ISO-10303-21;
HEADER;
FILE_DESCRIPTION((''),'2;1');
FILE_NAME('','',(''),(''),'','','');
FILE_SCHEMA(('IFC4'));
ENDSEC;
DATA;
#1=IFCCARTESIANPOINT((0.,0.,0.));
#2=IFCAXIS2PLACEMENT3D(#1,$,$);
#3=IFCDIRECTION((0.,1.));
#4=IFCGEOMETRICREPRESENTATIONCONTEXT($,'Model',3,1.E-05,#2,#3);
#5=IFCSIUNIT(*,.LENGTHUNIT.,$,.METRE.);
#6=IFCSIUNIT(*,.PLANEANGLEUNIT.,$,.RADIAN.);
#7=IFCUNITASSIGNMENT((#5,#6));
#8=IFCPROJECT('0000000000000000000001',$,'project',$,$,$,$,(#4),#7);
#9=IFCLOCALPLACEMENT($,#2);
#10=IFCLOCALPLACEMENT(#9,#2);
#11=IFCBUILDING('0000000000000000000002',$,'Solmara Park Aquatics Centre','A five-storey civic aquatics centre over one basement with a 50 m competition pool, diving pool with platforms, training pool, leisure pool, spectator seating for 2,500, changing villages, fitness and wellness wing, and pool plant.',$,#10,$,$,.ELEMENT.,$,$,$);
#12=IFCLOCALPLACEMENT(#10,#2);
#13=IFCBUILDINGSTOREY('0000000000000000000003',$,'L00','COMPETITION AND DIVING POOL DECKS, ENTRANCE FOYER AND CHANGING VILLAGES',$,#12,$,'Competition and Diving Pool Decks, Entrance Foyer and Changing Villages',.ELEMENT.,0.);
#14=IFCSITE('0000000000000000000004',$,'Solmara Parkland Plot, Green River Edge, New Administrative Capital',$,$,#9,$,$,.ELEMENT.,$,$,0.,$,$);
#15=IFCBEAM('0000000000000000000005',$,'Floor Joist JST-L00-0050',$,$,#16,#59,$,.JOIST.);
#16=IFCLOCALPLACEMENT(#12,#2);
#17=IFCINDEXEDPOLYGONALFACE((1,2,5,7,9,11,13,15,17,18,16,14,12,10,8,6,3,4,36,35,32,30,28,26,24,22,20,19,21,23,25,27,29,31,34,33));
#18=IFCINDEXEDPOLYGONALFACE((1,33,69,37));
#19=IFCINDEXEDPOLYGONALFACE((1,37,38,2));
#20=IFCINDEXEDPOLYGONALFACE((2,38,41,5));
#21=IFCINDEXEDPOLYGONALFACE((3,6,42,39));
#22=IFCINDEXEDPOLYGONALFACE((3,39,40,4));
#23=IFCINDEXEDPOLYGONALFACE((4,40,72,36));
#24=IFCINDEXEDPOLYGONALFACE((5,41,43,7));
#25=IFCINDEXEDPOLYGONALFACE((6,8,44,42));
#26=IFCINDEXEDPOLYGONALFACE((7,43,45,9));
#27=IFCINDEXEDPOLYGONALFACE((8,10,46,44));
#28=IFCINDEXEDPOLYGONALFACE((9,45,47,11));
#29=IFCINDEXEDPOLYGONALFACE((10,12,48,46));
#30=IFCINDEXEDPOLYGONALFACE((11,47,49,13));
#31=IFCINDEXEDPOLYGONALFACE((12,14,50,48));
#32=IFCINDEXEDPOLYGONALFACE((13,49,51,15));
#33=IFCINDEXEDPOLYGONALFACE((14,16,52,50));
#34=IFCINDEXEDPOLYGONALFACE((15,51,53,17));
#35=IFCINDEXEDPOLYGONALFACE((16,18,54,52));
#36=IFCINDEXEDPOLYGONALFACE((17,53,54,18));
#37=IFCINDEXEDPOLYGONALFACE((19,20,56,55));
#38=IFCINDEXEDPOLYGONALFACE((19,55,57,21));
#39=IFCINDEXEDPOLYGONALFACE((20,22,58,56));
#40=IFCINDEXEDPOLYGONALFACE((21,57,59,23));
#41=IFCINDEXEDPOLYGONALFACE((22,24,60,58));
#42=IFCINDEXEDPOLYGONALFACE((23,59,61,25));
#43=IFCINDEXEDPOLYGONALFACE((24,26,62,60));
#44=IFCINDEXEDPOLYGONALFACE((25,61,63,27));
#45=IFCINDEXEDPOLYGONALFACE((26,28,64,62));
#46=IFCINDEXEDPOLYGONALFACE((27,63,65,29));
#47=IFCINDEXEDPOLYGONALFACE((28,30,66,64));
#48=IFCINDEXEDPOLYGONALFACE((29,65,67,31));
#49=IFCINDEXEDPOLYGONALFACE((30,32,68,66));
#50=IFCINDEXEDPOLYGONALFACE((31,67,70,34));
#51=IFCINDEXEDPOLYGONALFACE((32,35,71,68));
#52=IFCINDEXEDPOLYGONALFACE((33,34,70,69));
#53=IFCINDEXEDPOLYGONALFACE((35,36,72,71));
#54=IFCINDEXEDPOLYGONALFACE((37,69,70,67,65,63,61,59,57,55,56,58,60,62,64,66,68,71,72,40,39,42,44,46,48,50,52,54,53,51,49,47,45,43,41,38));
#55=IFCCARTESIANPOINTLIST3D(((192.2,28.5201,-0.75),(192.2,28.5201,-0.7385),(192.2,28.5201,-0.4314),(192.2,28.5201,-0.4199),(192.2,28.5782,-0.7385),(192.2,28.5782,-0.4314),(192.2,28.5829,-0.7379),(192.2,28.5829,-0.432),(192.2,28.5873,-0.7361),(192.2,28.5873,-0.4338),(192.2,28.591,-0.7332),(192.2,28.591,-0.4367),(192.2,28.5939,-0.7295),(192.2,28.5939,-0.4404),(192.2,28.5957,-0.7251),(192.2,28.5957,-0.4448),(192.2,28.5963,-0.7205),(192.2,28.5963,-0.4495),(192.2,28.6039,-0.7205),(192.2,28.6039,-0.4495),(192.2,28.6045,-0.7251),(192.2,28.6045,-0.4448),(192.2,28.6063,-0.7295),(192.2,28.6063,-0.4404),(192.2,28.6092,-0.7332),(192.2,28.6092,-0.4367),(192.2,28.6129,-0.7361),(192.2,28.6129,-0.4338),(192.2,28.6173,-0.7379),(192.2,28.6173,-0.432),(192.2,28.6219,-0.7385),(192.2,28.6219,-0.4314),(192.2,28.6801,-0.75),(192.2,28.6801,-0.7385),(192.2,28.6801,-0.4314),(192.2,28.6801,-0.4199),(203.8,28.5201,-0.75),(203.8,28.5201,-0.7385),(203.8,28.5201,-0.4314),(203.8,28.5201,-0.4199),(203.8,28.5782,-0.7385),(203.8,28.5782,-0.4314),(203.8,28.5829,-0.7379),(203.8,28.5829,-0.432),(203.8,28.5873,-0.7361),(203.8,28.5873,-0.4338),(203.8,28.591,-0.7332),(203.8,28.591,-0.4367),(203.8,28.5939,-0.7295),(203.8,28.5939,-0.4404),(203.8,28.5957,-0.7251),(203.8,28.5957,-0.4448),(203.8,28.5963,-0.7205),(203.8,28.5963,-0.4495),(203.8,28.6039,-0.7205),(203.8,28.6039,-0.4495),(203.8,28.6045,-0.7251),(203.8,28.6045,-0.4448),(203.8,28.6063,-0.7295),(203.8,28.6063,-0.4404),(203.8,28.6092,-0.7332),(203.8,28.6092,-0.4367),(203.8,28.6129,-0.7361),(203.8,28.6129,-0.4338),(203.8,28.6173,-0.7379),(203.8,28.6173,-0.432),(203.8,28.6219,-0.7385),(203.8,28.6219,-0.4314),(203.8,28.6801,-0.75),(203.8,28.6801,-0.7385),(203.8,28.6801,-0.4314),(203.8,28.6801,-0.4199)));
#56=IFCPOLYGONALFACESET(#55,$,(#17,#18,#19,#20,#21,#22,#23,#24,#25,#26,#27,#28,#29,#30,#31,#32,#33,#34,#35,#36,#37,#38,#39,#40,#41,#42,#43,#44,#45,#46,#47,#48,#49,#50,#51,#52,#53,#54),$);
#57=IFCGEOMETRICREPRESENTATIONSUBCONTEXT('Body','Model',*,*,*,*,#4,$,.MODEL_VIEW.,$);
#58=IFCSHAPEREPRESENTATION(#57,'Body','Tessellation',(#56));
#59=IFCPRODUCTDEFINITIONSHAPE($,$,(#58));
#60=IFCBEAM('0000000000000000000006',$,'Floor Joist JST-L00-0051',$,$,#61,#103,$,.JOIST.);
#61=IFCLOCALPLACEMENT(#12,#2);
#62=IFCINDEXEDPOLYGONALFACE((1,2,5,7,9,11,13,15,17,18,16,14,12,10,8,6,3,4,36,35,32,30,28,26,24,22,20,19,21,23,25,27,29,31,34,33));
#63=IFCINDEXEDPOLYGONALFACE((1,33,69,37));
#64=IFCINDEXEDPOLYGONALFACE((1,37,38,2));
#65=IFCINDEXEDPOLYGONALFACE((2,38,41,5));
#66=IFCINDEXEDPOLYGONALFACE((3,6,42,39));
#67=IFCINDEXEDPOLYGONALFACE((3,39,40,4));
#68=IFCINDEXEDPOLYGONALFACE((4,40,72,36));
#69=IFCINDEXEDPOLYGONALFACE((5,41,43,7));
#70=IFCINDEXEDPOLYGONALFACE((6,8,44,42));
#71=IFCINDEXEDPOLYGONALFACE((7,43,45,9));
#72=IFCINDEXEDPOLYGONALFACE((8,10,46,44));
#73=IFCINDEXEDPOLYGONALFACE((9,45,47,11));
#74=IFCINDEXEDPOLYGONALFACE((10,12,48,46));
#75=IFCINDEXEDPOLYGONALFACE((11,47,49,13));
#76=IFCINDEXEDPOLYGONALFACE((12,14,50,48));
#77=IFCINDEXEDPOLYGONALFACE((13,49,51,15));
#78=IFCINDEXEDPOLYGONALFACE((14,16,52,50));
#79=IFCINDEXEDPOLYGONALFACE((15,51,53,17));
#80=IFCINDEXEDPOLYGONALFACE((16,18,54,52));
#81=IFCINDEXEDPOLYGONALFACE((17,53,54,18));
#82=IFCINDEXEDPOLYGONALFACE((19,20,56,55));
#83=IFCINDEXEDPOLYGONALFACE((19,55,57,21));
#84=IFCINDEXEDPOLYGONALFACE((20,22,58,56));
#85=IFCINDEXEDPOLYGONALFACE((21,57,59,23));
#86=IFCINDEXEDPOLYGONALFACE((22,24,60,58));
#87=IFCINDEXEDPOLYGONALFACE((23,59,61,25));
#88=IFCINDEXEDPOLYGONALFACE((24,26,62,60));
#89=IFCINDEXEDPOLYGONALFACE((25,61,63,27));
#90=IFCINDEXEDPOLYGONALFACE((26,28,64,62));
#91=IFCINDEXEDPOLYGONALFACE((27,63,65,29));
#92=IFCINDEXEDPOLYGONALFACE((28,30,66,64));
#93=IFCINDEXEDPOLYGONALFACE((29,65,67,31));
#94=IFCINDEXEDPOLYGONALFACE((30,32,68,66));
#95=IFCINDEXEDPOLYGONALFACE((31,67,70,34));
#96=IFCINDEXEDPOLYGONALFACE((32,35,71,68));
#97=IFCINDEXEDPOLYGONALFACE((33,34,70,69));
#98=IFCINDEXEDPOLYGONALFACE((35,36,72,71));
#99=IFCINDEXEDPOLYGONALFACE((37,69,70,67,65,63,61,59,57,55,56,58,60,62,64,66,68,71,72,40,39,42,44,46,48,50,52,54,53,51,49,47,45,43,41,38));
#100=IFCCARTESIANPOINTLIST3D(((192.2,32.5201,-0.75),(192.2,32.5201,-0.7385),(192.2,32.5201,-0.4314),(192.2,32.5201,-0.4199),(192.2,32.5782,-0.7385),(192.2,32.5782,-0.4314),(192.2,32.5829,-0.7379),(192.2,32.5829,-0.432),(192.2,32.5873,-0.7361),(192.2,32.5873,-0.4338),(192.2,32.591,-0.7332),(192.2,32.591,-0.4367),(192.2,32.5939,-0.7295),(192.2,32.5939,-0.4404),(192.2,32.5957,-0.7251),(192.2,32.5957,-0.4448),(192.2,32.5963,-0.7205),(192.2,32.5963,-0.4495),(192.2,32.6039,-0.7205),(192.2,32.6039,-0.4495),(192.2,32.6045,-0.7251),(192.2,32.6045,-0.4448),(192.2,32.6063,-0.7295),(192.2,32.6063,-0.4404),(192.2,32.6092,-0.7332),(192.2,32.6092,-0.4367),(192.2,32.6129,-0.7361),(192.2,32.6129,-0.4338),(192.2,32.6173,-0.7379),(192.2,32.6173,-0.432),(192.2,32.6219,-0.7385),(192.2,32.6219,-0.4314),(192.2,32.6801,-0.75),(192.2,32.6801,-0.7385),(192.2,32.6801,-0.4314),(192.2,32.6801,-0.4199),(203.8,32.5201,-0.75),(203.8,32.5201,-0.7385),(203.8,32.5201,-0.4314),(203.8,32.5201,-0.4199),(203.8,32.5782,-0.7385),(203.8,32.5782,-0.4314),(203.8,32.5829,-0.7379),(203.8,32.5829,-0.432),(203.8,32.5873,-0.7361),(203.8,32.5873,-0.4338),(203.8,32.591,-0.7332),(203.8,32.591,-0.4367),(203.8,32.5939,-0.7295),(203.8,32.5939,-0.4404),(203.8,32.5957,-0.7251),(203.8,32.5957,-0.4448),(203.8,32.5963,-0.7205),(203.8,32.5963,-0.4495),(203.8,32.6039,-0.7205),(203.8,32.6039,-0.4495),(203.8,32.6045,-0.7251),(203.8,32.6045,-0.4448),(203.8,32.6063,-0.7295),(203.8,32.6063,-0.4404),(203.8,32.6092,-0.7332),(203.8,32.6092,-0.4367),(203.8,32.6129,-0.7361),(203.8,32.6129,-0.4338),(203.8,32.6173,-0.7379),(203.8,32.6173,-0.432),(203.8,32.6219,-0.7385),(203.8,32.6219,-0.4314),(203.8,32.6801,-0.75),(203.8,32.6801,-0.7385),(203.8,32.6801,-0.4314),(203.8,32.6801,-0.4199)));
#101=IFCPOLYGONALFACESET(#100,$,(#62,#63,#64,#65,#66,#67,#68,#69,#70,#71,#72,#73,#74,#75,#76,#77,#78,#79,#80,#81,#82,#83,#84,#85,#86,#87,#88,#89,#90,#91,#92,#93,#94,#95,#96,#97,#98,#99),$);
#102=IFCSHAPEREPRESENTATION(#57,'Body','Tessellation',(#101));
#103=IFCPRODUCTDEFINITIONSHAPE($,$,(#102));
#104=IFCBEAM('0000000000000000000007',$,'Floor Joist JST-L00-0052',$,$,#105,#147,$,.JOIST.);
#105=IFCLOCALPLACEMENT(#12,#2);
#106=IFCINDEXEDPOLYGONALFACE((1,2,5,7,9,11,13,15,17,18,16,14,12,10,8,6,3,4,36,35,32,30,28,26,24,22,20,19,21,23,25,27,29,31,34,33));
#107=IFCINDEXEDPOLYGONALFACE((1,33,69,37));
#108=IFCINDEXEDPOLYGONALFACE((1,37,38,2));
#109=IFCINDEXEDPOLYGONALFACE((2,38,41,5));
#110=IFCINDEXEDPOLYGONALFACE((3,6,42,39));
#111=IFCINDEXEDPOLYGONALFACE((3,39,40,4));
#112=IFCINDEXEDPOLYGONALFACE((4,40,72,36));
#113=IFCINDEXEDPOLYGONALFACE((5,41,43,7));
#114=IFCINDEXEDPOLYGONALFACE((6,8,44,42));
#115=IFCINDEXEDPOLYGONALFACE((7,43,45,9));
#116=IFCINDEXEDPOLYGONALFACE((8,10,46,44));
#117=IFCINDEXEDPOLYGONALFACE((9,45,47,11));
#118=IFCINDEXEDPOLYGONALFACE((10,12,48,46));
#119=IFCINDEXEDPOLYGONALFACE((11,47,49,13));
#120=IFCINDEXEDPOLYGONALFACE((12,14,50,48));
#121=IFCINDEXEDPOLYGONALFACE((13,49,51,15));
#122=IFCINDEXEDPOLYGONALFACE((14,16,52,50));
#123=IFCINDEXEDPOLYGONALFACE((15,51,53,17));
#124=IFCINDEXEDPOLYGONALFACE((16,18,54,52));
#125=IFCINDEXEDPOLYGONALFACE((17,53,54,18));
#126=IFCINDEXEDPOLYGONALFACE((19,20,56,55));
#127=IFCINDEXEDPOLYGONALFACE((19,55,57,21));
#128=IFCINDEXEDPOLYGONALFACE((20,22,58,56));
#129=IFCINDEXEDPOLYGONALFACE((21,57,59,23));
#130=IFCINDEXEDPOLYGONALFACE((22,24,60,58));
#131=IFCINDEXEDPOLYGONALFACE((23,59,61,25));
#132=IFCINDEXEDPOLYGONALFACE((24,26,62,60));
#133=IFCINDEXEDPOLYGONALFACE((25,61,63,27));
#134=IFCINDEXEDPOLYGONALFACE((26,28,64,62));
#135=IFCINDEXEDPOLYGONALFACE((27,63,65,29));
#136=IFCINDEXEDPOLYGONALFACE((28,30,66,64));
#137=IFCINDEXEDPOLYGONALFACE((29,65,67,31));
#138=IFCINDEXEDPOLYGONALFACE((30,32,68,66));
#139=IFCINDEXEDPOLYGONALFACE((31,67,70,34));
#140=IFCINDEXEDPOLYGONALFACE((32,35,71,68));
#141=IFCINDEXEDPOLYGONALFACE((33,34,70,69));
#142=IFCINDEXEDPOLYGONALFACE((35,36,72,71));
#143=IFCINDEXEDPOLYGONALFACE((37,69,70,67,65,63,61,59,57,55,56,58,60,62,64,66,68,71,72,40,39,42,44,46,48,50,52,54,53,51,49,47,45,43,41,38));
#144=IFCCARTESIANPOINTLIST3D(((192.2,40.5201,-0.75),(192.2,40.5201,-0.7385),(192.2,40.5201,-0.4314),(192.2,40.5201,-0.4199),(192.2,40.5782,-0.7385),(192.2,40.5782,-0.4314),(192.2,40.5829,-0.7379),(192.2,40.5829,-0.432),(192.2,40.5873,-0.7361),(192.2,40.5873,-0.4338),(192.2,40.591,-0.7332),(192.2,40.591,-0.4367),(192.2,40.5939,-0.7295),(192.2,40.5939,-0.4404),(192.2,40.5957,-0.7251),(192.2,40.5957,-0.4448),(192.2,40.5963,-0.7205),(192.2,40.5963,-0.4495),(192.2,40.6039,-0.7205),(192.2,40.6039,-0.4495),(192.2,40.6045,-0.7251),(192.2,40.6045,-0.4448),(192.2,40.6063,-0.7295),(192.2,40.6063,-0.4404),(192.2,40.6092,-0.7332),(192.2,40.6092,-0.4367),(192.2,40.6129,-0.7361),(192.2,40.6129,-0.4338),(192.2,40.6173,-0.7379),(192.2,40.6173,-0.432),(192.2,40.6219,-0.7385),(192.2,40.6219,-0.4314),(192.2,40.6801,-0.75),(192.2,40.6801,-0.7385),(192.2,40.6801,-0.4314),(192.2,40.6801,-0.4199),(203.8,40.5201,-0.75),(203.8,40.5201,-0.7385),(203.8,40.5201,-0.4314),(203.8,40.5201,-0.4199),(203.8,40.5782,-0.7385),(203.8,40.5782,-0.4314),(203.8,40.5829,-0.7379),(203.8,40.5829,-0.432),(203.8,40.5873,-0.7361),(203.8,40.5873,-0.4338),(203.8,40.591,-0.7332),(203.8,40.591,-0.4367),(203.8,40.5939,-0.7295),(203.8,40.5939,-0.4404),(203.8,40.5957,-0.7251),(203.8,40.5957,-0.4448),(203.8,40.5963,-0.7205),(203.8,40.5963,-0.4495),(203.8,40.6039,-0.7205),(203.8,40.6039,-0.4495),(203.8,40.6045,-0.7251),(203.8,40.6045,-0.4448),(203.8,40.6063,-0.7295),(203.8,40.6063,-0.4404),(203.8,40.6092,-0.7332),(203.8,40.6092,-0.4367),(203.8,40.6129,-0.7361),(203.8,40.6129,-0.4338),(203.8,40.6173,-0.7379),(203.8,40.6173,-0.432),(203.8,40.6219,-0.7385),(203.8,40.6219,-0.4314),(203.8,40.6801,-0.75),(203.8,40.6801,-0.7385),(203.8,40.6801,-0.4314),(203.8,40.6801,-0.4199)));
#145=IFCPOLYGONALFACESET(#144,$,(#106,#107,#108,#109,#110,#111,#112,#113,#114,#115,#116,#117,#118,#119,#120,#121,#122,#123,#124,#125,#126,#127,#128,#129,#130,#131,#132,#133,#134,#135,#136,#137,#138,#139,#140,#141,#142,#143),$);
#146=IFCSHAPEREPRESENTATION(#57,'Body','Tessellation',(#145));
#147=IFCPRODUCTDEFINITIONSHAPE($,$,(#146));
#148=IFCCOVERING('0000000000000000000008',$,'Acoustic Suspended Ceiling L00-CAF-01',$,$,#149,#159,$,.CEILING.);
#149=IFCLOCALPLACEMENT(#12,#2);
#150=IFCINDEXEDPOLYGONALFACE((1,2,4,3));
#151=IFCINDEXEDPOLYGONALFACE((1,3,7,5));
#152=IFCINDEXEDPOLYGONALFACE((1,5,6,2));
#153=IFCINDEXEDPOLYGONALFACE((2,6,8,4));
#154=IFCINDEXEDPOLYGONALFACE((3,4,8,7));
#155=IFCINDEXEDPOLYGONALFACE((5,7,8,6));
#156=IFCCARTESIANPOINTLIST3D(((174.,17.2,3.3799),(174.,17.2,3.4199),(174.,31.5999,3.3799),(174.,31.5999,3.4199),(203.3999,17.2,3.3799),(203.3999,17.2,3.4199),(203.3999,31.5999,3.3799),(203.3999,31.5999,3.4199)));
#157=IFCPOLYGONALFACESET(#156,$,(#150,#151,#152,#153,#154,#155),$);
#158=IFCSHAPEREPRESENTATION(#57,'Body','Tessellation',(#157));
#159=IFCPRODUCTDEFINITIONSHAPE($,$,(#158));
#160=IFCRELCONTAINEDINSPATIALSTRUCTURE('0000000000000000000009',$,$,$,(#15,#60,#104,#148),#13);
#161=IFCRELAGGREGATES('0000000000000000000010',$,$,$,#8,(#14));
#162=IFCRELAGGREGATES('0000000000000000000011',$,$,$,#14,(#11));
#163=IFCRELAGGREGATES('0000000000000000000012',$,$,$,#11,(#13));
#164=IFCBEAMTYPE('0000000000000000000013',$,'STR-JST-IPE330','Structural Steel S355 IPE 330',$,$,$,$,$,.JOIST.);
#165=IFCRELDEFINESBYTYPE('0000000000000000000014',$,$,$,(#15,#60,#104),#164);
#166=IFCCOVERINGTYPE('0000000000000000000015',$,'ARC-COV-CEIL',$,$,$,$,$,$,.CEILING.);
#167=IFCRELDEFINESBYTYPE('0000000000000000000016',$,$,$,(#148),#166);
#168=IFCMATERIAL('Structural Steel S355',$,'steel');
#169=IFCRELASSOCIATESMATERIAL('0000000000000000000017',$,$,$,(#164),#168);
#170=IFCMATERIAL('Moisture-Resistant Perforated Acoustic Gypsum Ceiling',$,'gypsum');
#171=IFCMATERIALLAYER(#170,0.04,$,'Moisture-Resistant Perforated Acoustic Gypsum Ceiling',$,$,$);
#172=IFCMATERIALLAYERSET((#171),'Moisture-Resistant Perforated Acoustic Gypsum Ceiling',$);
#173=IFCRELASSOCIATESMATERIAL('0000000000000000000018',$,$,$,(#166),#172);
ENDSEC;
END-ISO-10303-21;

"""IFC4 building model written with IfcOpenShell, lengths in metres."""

from ifc_helpers import new_model, si_unit, direction, frame, origin, origin_2d, place, context, subcontext, project, spatial, rectangle, i_section, extrude, material, layer, layer_set, material_profile, profile_set, type_object, element, save


model = new_model("IFC4")

# Units and contexts
model_context = context("Model", 3, precision=1e-05, world=origin(), true_north=direction((0.0, 1.0)))
body_context = subcontext(model_context, "Body", "Model", "MODEL_VIEW")
ifc_project = project(units=[si_unit("LENGTHUNIT", "METRE"), si_unit("PLANEANGLEUNIT", "RADIAN")], contexts=[model_context])

# Site, building, storey
site_placement = place(None, origin())
site = spatial("IfcSite", under=ifc_project, at=site_placement, Name="Solmara Parkland Plot, Green River Edge, New Administrative Capital", CompositionType="ELEMENT", RefElevation=0.0)
building_placement = place(site_placement, origin())
building = spatial("IfcBuilding", under=site, at=building_placement, Name="Solmara Park Aquatics Centre", Description="A five-storey civic aquatics centre over one basement with a 50 m competition pool, diving pool with platforms, training pool, leisure pool, spectator seating for 2,500, changing villages, fitness and wellness wing, and pool plant.", CompositionType="ELEMENT")
storey_placement = place(building_placement, origin())
storey = spatial("IfcBuildingStorey", under=building, at=storey_placement, Name="L00", Description="COMPETITION AND DIVING POOL DECKS, ENTRANCE FOYER AND CHANGING VILLAGES", LongName="Competition and Diving Pool Decks, Entrance Foyer and Changing Villages", CompositionType="ELEMENT", Elevation=0.0)

# Shared definitions
ifc_material_1 = material(Name="Structural Steel S355", Category="steel")

# Beams
ifc_material_profile_1 = material_profile(ifc_material_1, i_section(OverallWidth=0.1599, OverallDepth=0.3301, WebThickness=0.0076, FlangeThickness=0.0115, FilletRadius=0.0181, at=origin_2d()), Name="IPE 330")
ifc_profile_set_1 = profile_set([ifc_material_profile_1], Name="Structural Steel S355")
beam_type_1 = type_object("IfcBeamType", Name="STR-JST-IPE330", Description="Structural Steel S355 IPE 330", PredefinedType="JOIST", material=ifc_profile_set_1)
for number, where, z_axis, x_axis, name in (
    (1, (192.2, 28.6001, -0.585), (1.0, 0.0, 0.0), (0.0, 1.0, 0.0), "Floor Joist JST-L00-0050"),
    (2, (192.2, 32.6001, -0.585), (1.0, 0.0, 0.0), (0.0, 1.0, 0.0), "Floor Joist JST-L00-0051"),
    (3, (192.2, 40.6001, -0.585), (1.0, 0.0, 0.0), (0.0, 1.0, 0.0), "Floor Joist JST-L00-0052"),
):
    element("IfcBeam", number, at=place(storey_placement, frame(where, z_axis=z_axis, x_axis=x_axis)), inside=storey, type_object=beam_type_1, Name=name, PredefinedType="JOIST", context=body_context, shape_type="SweptSolid", body=[
        extrude(i_section(OverallWidth=0.1599, OverallDepth=0.3301, WebThickness=0.0076, FlangeThickness=0.0115, FilletRadius=0.0181, at=origin_2d()), origin(), (0.0, 0.0, 1.0), 11.6001),
    ])

# Covering
ifc_material_2 = material(Name="Moisture-Resistant Perforated Acoustic Gypsum Ceiling", Category="gypsum")
ifc_layer_1 = layer(ifc_material_2, 0.04, Name="Moisture-Resistant Perforated Acoustic Gypsum Ceiling")
ifc_layer_set_1 = layer_set([ifc_layer_1], Name="Moisture-Resistant Perforated Acoustic Gypsum Ceiling")
covering_type = type_object("IfcCoveringType", Name="ARC-COV-CEIL", PredefinedType="CEILING", material=ifc_layer_set_1)
covering_placement = place(storey_placement, frame((188.7, 24.3999, 3.3799), z_axis=(0.0, 0.0, 1.0), x_axis=(1.0, 0.0, 0.0)))
element("IfcCovering", 4, at=covering_placement, inside=storey, type_object=covering_type, Name="Acoustic Suspended Ceiling L00-CAF-01", PredefinedType="CEILING", context=body_context, shape_type="SweptSolid", body=[
    extrude(rectangle(XDim=29.3999, YDim=14.3999, at=origin_2d()), origin(), (0.0, 0.0, 1.0), 0.04),
])

save(model, "model.ifc")
